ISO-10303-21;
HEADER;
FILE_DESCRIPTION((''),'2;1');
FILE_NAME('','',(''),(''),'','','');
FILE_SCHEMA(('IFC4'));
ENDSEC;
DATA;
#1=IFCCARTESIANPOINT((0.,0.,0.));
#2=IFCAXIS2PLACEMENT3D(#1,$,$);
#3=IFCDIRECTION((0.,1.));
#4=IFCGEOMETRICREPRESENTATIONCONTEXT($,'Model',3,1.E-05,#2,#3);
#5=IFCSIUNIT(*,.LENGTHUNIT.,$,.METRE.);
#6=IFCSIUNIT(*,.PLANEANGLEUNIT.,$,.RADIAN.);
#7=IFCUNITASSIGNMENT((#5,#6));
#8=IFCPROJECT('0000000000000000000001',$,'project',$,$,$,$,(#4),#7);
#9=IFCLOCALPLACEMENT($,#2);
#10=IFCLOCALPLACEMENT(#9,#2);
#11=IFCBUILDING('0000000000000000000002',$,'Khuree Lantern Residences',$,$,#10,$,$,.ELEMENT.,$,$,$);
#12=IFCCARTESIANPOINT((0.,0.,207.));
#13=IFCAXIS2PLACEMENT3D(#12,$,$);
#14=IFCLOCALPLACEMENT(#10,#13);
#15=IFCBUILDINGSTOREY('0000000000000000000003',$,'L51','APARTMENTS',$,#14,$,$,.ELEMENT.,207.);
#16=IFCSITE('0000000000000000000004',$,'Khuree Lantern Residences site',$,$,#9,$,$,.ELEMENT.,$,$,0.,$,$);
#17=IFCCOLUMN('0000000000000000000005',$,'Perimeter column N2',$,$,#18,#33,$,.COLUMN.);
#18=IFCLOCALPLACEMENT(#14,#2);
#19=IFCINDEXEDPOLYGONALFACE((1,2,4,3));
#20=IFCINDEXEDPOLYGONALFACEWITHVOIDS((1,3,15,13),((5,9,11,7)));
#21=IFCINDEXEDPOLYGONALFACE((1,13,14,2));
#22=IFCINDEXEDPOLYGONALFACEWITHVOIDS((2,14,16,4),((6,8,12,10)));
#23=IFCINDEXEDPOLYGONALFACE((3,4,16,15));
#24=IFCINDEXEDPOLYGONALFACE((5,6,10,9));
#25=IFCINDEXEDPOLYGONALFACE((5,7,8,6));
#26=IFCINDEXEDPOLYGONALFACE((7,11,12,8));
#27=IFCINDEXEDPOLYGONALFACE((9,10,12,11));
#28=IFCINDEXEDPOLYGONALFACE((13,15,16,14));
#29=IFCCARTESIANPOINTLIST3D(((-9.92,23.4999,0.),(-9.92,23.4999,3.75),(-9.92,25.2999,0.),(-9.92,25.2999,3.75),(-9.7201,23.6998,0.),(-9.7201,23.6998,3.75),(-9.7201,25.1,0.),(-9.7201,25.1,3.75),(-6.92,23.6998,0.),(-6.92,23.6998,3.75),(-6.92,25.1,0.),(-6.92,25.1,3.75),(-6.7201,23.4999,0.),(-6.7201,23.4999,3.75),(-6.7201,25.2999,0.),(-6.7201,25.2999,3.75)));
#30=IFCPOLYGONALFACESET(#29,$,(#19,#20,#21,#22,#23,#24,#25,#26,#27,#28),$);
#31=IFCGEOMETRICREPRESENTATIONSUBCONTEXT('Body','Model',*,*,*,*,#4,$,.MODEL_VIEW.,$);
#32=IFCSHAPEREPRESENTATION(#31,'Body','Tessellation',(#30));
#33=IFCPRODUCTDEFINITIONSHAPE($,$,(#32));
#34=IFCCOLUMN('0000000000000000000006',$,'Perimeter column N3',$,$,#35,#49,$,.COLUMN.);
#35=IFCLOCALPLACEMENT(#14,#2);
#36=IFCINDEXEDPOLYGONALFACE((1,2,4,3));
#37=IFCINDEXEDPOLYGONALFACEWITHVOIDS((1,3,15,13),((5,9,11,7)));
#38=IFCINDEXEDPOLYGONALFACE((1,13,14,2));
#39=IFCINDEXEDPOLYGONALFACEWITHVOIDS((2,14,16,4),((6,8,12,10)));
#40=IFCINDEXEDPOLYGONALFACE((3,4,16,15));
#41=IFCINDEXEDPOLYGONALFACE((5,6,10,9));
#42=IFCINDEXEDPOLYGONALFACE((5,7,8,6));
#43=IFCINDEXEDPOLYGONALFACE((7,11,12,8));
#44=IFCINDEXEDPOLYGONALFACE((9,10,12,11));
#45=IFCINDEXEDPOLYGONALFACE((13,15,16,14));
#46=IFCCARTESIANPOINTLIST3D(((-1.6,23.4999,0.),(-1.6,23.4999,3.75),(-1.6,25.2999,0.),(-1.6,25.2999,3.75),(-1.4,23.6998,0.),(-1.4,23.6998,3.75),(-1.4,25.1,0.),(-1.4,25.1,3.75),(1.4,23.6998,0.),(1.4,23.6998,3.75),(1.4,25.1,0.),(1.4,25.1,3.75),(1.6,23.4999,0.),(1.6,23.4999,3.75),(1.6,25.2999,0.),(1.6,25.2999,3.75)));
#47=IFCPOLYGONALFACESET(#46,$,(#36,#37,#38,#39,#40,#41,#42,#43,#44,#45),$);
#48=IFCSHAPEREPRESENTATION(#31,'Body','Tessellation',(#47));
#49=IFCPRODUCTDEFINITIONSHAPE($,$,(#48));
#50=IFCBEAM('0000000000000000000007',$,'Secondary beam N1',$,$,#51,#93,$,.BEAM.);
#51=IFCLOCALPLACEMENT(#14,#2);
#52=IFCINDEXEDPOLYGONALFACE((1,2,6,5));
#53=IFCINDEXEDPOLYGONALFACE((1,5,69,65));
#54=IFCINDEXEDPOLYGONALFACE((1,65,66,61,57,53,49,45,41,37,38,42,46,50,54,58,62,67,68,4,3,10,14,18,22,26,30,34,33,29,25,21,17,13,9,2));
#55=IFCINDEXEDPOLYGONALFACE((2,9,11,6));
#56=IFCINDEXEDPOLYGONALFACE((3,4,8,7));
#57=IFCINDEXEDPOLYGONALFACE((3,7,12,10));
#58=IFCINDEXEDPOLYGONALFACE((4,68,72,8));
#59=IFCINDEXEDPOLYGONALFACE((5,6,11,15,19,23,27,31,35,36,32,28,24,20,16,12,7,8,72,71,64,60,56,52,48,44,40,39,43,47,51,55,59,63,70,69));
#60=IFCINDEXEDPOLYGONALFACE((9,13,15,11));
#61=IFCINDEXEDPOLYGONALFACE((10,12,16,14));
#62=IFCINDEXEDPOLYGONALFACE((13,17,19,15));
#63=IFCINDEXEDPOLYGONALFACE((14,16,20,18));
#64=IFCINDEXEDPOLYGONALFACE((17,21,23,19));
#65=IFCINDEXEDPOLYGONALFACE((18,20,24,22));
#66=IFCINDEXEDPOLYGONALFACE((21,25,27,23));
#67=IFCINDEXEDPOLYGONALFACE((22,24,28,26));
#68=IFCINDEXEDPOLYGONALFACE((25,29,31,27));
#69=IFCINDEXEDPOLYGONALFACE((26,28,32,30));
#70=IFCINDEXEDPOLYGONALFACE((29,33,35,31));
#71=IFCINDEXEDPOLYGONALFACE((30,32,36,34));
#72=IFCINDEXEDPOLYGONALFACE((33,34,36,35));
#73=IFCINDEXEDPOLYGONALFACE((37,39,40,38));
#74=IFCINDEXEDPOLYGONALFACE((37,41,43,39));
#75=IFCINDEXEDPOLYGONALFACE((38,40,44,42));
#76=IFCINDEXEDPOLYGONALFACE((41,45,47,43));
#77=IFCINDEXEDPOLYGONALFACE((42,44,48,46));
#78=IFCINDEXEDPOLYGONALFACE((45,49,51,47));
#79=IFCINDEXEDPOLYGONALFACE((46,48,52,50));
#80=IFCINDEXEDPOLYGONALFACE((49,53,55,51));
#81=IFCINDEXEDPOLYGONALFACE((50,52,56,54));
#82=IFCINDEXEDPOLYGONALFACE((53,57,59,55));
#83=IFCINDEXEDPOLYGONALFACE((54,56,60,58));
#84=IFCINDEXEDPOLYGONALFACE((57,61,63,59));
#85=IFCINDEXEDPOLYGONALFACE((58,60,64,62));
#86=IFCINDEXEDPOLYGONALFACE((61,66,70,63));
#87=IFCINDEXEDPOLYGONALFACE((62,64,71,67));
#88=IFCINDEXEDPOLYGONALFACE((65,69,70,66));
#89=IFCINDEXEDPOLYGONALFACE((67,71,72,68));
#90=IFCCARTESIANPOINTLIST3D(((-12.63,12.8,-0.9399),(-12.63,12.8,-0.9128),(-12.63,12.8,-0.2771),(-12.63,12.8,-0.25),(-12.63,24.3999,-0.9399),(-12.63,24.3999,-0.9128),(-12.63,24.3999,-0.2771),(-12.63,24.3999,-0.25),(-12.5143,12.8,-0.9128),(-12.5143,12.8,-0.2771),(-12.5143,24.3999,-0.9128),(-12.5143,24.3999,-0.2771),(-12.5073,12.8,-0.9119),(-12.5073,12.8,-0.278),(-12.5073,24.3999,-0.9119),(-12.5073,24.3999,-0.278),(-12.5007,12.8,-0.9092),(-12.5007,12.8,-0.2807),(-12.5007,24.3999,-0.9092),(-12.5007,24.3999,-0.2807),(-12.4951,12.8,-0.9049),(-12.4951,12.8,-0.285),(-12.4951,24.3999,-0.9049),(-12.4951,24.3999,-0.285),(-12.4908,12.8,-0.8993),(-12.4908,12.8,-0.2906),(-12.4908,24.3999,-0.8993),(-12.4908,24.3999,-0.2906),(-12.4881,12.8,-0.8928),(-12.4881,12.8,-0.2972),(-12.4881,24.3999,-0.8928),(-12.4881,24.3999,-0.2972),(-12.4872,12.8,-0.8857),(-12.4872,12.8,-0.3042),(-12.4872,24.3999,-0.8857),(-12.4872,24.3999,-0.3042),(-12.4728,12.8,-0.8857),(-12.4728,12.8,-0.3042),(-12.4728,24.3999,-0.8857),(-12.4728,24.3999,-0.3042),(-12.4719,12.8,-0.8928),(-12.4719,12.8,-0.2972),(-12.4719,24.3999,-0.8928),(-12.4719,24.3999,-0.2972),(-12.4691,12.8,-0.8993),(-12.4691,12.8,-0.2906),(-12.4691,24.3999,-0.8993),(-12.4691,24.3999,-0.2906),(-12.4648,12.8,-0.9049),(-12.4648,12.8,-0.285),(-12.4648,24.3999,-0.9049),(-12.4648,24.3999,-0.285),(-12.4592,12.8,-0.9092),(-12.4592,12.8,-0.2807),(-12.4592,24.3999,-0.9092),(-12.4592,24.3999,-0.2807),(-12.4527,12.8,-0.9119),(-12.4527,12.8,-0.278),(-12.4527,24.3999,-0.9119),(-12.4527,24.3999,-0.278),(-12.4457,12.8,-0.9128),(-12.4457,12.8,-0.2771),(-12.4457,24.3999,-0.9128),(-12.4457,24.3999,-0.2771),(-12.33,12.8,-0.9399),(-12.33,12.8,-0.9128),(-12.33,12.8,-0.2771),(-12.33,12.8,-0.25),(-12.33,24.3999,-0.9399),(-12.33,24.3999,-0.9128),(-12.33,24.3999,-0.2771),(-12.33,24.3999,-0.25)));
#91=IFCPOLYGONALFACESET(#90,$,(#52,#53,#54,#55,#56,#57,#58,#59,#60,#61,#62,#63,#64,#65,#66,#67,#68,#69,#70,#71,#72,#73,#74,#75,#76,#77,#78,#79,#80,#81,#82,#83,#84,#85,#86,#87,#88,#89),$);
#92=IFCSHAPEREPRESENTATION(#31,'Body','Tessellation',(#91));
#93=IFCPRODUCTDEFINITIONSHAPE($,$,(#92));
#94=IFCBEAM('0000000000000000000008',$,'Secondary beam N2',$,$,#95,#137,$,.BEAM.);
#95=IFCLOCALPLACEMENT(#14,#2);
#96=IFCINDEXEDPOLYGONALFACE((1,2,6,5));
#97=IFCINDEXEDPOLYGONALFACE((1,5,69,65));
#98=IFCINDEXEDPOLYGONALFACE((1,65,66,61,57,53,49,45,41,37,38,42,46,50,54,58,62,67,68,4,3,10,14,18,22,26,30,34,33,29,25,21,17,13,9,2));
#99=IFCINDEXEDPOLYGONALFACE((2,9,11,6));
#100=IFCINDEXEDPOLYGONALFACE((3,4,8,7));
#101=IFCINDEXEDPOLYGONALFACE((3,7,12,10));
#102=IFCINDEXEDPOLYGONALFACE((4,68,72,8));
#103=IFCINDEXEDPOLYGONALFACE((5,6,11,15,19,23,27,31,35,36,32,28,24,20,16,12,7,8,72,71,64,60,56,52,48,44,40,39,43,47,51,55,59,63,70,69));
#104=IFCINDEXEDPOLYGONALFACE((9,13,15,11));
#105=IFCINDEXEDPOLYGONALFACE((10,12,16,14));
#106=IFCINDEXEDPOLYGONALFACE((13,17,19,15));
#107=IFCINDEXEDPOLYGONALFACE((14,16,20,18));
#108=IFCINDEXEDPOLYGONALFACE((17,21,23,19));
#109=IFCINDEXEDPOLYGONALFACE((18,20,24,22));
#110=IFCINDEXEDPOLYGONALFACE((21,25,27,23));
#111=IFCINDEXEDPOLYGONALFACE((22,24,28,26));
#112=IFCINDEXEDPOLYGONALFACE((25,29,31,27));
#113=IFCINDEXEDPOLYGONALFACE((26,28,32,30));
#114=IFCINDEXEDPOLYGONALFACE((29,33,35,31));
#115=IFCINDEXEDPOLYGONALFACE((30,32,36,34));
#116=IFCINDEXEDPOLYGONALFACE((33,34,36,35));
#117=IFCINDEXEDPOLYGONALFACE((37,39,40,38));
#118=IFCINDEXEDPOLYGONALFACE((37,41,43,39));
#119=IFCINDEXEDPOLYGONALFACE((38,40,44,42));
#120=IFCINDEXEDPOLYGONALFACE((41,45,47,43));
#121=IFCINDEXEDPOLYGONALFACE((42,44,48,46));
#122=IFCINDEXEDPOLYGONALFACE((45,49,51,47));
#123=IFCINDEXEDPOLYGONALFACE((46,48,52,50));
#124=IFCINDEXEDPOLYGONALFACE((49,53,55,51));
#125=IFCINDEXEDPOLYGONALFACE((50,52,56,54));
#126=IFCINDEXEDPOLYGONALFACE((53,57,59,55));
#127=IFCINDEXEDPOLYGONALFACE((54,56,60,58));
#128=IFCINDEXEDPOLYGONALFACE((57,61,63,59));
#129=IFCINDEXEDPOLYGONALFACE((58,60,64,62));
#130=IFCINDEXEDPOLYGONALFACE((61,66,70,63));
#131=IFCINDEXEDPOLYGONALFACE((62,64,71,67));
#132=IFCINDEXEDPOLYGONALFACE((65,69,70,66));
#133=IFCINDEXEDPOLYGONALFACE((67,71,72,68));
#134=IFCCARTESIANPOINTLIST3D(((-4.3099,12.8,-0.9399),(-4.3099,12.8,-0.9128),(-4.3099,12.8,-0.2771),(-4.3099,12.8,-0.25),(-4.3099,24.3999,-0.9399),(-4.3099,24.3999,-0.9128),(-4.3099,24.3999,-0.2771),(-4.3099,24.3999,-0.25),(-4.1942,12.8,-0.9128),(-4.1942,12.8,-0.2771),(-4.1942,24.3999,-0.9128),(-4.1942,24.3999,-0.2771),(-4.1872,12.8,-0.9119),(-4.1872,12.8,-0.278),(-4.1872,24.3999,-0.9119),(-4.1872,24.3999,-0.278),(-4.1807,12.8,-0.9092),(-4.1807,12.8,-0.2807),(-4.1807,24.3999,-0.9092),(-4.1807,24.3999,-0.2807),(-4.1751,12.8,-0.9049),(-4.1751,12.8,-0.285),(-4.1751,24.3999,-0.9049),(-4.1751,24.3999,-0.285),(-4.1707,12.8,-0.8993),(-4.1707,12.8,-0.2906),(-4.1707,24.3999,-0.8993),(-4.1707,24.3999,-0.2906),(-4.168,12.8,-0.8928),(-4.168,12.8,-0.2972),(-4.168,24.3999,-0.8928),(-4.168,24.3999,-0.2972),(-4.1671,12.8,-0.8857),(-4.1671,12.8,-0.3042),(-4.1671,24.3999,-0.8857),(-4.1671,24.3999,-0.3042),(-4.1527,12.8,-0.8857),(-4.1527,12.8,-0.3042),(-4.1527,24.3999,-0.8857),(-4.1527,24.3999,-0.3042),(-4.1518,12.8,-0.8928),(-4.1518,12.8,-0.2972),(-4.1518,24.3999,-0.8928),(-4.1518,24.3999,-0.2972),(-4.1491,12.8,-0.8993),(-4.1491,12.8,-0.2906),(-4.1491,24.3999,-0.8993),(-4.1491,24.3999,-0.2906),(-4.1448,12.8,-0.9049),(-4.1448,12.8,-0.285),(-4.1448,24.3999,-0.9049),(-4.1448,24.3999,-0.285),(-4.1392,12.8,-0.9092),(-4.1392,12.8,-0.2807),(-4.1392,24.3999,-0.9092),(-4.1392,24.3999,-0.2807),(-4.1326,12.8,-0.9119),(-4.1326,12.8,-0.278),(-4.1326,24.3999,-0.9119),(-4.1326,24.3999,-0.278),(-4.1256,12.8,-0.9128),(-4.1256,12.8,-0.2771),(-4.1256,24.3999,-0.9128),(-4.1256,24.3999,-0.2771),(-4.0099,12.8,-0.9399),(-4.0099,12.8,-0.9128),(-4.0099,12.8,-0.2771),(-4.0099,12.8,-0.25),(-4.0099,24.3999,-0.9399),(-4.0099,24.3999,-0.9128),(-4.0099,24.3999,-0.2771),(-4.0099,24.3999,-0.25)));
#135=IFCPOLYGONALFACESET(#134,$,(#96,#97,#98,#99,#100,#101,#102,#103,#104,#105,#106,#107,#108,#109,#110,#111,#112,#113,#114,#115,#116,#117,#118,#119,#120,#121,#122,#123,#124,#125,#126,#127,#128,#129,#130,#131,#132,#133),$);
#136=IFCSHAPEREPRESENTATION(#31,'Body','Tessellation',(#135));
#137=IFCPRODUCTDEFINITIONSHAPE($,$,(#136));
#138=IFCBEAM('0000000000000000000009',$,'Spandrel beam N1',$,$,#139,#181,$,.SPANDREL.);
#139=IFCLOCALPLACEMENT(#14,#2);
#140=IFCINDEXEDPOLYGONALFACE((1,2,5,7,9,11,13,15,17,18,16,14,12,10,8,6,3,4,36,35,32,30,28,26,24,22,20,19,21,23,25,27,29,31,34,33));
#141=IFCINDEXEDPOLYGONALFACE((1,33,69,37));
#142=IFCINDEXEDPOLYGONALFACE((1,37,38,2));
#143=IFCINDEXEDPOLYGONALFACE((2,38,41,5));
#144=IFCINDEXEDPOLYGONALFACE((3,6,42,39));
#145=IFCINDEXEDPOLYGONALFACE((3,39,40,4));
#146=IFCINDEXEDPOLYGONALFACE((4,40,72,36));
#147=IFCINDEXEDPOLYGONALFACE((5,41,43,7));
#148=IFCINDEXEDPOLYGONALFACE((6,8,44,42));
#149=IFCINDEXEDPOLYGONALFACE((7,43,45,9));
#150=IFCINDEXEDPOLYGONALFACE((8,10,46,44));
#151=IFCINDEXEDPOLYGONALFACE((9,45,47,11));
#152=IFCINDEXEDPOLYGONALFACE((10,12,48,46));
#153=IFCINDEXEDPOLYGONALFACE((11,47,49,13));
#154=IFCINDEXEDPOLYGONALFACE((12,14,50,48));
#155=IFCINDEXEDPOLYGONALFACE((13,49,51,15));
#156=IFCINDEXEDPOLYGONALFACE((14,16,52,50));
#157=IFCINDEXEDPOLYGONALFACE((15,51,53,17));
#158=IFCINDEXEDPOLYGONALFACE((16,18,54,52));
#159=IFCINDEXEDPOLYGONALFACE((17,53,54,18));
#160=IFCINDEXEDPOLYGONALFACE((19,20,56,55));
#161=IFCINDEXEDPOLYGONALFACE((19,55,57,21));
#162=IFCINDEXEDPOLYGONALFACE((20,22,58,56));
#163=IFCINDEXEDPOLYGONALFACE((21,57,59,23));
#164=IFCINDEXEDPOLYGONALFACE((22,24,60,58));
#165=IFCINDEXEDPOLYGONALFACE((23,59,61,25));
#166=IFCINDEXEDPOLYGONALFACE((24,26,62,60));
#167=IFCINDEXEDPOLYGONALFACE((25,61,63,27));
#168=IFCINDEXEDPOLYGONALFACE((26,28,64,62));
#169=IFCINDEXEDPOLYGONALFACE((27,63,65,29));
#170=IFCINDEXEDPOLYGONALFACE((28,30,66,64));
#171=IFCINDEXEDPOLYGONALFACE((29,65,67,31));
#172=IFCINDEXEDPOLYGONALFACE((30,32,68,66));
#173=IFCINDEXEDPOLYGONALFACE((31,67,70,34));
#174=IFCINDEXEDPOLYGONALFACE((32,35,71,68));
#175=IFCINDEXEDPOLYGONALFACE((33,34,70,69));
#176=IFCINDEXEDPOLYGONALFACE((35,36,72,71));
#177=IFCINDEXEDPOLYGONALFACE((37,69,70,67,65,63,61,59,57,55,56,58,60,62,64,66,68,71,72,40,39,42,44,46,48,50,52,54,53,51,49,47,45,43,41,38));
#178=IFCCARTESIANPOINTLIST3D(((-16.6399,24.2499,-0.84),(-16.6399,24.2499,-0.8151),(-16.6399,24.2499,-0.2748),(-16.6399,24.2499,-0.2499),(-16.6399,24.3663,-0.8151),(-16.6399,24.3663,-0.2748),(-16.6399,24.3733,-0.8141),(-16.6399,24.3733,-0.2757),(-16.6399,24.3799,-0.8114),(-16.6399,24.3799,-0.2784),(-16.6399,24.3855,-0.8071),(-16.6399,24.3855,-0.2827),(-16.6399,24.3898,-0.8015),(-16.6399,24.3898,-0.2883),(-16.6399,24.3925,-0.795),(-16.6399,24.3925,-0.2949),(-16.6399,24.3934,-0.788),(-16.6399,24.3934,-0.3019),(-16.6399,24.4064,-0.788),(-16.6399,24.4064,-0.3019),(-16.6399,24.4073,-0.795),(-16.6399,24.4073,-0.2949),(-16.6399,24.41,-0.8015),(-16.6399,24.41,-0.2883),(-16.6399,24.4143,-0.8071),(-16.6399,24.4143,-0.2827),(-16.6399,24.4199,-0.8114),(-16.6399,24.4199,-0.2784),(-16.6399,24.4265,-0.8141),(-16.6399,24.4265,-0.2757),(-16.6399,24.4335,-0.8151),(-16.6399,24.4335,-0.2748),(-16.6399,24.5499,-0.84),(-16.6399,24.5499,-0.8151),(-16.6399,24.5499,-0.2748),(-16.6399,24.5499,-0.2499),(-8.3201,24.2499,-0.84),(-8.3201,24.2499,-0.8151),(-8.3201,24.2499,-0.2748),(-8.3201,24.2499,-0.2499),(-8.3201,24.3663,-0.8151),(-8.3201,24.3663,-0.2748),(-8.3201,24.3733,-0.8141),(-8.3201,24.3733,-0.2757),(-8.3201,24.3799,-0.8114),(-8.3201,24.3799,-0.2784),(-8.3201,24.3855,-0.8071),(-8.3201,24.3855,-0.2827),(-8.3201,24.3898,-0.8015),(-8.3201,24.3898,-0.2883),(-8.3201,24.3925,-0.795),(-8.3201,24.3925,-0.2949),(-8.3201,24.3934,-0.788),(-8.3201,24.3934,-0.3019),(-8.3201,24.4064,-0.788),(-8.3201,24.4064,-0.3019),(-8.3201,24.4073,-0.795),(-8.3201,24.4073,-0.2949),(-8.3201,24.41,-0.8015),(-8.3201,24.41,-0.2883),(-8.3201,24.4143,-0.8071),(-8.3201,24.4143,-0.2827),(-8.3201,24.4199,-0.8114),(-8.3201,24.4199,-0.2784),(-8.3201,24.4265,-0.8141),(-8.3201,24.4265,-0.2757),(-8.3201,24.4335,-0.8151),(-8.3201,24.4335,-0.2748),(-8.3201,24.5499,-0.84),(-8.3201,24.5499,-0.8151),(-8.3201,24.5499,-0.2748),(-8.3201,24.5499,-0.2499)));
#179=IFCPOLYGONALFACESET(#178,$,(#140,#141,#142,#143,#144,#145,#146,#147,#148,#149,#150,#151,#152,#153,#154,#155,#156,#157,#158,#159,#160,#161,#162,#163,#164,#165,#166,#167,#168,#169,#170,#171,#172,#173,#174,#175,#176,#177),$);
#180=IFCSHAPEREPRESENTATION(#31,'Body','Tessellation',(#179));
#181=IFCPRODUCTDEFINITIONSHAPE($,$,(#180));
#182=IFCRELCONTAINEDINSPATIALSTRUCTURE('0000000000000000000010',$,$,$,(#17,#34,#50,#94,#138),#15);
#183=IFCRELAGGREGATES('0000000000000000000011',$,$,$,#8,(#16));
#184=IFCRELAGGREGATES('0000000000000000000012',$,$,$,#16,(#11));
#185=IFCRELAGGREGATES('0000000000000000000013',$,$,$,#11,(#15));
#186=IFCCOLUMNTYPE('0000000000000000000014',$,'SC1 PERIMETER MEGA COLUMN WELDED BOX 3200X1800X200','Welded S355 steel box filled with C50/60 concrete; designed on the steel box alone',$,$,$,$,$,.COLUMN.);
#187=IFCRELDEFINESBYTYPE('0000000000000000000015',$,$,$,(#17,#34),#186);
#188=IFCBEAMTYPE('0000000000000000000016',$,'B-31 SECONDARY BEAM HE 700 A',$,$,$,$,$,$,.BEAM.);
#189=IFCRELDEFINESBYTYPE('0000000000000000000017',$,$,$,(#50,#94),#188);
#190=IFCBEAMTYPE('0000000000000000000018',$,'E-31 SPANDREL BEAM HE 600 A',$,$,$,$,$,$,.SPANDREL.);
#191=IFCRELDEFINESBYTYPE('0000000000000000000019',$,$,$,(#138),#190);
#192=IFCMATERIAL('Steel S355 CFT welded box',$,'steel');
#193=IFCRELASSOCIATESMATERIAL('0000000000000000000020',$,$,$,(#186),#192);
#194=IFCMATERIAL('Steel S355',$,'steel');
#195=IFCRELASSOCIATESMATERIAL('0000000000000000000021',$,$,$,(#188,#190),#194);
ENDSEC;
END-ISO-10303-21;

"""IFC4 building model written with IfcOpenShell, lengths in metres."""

from ifc_helpers import new_model, si_unit, direction, frame, origin, origin_2d, place, context, subcontext, project, spatial, hollow_rectangle, i_section, extrude, material, material_profile, profile_set, type_object, element, save


model = new_model("IFC4")

# Units and contexts
model_context = context("Model", 3, precision=1e-05, world=origin(), true_north=direction((0.0, 1.0)))
body_context = subcontext(model_context, "Body", "Model", "MODEL_VIEW")
ifc_project = project(units=[si_unit("LENGTHUNIT", "METRE"), si_unit("PLANEANGLEUNIT", "RADIAN")], contexts=[model_context])

# Site, building, storey
site_placement = place(None, origin())
site = spatial("IfcSite", under=ifc_project, at=site_placement, Name="Khuree Lantern Residences site", CompositionType="ELEMENT", RefElevation=0.0)
building_placement = place(site_placement, origin())
building = spatial("IfcBuilding", under=site, at=building_placement, Name="Khuree Lantern Residences", CompositionType="ELEMENT")
storey_placement = place(building_placement, frame((0.0, 0.0, 207.0)))
storey = spatial("IfcBuildingStorey", under=building, at=storey_placement, Name="L51", Description="APARTMENTS", CompositionType="ELEMENT", Elevation=207.0)

# Columns
ifc_material_1 = material(Name="Steel S355 CFT welded box", Category="steel")
ifc_material_profile_1 = material_profile(ifc_material_1, hollow_rectangle(XDim=3.2, YDim=1.8, WallThickness=0.2, at=origin_2d()), Name="WELDED BOX 3200X1800X200")
ifc_profile_set_1 = profile_set([ifc_material_profile_1], Name="Steel S355 CFT welded box")
column_type = type_object("IfcColumnType", Name="SC1 PERIMETER MEGA COLUMN WELDED BOX 3200X1800X200", Description="Welded S355 steel box filled with C50/60 concrete; designed on the steel box alone", PredefinedType="COLUMN", material=ifc_profile_set_1)
for number, where, z_axis, x_axis, name in (
    (1, (-8.3201, 24.3999, 0.0), (0.0, 0.0, 1.0), (1.0, 0.0, 0.0), "Perimeter column N2"),
    (2, (0.0, 24.3999, 0.0), (0.0, 0.0, 1.0), (1.0, 0.0, 0.0), "Perimeter column N3"),
):
    element("IfcColumn", number, at=place(storey_placement, frame(where, z_axis=z_axis, x_axis=x_axis)), inside=storey, type_object=column_type, Name=name, PredefinedType="COLUMN", context=body_context, shape_type="SweptSolid", body=[
        extrude(hollow_rectangle(XDim=3.2, YDim=1.8, WallThickness=0.2, at=origin_2d()), origin(), (0.0, 0.0, 1.0), 3.75),
    ])

# Beams
ifc_material_2 = material(Name="Steel S355", Category="steel")
ifc_material_profile_2 = material_profile(ifc_material_2, i_section(OverallWidth=0.3, OverallDepth=0.6899, WebThickness=0.0144, FlangeThickness=0.0271, FilletRadius=0.0271, at=origin_2d()), Name="HE 700 A")
ifc_profile_set_2 = profile_set([ifc_material_profile_2], Name="Steel S355")
beam_type_1 = type_object("IfcBeamType", Name="B-31 SECONDARY BEAM HE 700 A", PredefinedType="BEAM", material=ifc_profile_set_2)
for number, where, z_axis, x_axis, name in (
    (3, (-12.48, 24.3999, -0.595), (0.0, -1.0, 0.0), (1.0, 0.0, 0.0), "Secondary beam N1"),
    (4, (-4.1599, 24.3999, -0.595), (0.0, -1.0, 0.0), (1.0, 0.0, 0.0), "Secondary beam N2"),
):
    element("IfcBeam", number, at=place(storey_placement, frame(where, z_axis=z_axis, x_axis=x_axis)), inside=storey, type_object=beam_type_1, Name=name, PredefinedType="BEAM", context=body_context, shape_type="SweptSolid", body=[
        extrude(i_section(OverallWidth=0.3, OverallDepth=0.6899, WebThickness=0.0144, FlangeThickness=0.0271, FilletRadius=0.0271, at=origin_2d()), origin(), (0.0, 0.0, 1.0), 11.5999),
    ])
ifc_material_profile_3 = material_profile(ifc_material_2, i_section(OverallWidth=0.3, OverallDepth=0.5901, WebThickness=0.0129, FlangeThickness=0.0249, FilletRadius=0.0271, at=origin_2d()), Name="HE 600 A")
ifc_profile_set_3 = profile_set([ifc_material_profile_3], Name="Steel S355")
beam_type_2 = type_object("IfcBeamType", Name="E-31 SPANDREL BEAM HE 600 A", PredefinedType="SPANDREL", material=ifc_profile_set_3)
beam_1_placement = place(storey_placement, frame((-16.6399, 24.3999, -0.5449), z_axis=(1.0, 0.0, 0.0), x_axis=(0.0, 1.0, 0.0)))
element("IfcBeam", 5, at=beam_1_placement, inside=storey, type_object=beam_type_2, Name="Spandrel beam N1", PredefinedType="SPANDREL", context=body_context, shape_type="SweptSolid", body=[
    extrude(i_section(OverallWidth=0.3, OverallDepth=0.5901, WebThickness=0.0129, FlangeThickness=0.0249, FilletRadius=0.0271, at=origin_2d()), origin(), (0.0, 0.0, 1.0), 8.3198),
])

save(model, "model.ifc")
